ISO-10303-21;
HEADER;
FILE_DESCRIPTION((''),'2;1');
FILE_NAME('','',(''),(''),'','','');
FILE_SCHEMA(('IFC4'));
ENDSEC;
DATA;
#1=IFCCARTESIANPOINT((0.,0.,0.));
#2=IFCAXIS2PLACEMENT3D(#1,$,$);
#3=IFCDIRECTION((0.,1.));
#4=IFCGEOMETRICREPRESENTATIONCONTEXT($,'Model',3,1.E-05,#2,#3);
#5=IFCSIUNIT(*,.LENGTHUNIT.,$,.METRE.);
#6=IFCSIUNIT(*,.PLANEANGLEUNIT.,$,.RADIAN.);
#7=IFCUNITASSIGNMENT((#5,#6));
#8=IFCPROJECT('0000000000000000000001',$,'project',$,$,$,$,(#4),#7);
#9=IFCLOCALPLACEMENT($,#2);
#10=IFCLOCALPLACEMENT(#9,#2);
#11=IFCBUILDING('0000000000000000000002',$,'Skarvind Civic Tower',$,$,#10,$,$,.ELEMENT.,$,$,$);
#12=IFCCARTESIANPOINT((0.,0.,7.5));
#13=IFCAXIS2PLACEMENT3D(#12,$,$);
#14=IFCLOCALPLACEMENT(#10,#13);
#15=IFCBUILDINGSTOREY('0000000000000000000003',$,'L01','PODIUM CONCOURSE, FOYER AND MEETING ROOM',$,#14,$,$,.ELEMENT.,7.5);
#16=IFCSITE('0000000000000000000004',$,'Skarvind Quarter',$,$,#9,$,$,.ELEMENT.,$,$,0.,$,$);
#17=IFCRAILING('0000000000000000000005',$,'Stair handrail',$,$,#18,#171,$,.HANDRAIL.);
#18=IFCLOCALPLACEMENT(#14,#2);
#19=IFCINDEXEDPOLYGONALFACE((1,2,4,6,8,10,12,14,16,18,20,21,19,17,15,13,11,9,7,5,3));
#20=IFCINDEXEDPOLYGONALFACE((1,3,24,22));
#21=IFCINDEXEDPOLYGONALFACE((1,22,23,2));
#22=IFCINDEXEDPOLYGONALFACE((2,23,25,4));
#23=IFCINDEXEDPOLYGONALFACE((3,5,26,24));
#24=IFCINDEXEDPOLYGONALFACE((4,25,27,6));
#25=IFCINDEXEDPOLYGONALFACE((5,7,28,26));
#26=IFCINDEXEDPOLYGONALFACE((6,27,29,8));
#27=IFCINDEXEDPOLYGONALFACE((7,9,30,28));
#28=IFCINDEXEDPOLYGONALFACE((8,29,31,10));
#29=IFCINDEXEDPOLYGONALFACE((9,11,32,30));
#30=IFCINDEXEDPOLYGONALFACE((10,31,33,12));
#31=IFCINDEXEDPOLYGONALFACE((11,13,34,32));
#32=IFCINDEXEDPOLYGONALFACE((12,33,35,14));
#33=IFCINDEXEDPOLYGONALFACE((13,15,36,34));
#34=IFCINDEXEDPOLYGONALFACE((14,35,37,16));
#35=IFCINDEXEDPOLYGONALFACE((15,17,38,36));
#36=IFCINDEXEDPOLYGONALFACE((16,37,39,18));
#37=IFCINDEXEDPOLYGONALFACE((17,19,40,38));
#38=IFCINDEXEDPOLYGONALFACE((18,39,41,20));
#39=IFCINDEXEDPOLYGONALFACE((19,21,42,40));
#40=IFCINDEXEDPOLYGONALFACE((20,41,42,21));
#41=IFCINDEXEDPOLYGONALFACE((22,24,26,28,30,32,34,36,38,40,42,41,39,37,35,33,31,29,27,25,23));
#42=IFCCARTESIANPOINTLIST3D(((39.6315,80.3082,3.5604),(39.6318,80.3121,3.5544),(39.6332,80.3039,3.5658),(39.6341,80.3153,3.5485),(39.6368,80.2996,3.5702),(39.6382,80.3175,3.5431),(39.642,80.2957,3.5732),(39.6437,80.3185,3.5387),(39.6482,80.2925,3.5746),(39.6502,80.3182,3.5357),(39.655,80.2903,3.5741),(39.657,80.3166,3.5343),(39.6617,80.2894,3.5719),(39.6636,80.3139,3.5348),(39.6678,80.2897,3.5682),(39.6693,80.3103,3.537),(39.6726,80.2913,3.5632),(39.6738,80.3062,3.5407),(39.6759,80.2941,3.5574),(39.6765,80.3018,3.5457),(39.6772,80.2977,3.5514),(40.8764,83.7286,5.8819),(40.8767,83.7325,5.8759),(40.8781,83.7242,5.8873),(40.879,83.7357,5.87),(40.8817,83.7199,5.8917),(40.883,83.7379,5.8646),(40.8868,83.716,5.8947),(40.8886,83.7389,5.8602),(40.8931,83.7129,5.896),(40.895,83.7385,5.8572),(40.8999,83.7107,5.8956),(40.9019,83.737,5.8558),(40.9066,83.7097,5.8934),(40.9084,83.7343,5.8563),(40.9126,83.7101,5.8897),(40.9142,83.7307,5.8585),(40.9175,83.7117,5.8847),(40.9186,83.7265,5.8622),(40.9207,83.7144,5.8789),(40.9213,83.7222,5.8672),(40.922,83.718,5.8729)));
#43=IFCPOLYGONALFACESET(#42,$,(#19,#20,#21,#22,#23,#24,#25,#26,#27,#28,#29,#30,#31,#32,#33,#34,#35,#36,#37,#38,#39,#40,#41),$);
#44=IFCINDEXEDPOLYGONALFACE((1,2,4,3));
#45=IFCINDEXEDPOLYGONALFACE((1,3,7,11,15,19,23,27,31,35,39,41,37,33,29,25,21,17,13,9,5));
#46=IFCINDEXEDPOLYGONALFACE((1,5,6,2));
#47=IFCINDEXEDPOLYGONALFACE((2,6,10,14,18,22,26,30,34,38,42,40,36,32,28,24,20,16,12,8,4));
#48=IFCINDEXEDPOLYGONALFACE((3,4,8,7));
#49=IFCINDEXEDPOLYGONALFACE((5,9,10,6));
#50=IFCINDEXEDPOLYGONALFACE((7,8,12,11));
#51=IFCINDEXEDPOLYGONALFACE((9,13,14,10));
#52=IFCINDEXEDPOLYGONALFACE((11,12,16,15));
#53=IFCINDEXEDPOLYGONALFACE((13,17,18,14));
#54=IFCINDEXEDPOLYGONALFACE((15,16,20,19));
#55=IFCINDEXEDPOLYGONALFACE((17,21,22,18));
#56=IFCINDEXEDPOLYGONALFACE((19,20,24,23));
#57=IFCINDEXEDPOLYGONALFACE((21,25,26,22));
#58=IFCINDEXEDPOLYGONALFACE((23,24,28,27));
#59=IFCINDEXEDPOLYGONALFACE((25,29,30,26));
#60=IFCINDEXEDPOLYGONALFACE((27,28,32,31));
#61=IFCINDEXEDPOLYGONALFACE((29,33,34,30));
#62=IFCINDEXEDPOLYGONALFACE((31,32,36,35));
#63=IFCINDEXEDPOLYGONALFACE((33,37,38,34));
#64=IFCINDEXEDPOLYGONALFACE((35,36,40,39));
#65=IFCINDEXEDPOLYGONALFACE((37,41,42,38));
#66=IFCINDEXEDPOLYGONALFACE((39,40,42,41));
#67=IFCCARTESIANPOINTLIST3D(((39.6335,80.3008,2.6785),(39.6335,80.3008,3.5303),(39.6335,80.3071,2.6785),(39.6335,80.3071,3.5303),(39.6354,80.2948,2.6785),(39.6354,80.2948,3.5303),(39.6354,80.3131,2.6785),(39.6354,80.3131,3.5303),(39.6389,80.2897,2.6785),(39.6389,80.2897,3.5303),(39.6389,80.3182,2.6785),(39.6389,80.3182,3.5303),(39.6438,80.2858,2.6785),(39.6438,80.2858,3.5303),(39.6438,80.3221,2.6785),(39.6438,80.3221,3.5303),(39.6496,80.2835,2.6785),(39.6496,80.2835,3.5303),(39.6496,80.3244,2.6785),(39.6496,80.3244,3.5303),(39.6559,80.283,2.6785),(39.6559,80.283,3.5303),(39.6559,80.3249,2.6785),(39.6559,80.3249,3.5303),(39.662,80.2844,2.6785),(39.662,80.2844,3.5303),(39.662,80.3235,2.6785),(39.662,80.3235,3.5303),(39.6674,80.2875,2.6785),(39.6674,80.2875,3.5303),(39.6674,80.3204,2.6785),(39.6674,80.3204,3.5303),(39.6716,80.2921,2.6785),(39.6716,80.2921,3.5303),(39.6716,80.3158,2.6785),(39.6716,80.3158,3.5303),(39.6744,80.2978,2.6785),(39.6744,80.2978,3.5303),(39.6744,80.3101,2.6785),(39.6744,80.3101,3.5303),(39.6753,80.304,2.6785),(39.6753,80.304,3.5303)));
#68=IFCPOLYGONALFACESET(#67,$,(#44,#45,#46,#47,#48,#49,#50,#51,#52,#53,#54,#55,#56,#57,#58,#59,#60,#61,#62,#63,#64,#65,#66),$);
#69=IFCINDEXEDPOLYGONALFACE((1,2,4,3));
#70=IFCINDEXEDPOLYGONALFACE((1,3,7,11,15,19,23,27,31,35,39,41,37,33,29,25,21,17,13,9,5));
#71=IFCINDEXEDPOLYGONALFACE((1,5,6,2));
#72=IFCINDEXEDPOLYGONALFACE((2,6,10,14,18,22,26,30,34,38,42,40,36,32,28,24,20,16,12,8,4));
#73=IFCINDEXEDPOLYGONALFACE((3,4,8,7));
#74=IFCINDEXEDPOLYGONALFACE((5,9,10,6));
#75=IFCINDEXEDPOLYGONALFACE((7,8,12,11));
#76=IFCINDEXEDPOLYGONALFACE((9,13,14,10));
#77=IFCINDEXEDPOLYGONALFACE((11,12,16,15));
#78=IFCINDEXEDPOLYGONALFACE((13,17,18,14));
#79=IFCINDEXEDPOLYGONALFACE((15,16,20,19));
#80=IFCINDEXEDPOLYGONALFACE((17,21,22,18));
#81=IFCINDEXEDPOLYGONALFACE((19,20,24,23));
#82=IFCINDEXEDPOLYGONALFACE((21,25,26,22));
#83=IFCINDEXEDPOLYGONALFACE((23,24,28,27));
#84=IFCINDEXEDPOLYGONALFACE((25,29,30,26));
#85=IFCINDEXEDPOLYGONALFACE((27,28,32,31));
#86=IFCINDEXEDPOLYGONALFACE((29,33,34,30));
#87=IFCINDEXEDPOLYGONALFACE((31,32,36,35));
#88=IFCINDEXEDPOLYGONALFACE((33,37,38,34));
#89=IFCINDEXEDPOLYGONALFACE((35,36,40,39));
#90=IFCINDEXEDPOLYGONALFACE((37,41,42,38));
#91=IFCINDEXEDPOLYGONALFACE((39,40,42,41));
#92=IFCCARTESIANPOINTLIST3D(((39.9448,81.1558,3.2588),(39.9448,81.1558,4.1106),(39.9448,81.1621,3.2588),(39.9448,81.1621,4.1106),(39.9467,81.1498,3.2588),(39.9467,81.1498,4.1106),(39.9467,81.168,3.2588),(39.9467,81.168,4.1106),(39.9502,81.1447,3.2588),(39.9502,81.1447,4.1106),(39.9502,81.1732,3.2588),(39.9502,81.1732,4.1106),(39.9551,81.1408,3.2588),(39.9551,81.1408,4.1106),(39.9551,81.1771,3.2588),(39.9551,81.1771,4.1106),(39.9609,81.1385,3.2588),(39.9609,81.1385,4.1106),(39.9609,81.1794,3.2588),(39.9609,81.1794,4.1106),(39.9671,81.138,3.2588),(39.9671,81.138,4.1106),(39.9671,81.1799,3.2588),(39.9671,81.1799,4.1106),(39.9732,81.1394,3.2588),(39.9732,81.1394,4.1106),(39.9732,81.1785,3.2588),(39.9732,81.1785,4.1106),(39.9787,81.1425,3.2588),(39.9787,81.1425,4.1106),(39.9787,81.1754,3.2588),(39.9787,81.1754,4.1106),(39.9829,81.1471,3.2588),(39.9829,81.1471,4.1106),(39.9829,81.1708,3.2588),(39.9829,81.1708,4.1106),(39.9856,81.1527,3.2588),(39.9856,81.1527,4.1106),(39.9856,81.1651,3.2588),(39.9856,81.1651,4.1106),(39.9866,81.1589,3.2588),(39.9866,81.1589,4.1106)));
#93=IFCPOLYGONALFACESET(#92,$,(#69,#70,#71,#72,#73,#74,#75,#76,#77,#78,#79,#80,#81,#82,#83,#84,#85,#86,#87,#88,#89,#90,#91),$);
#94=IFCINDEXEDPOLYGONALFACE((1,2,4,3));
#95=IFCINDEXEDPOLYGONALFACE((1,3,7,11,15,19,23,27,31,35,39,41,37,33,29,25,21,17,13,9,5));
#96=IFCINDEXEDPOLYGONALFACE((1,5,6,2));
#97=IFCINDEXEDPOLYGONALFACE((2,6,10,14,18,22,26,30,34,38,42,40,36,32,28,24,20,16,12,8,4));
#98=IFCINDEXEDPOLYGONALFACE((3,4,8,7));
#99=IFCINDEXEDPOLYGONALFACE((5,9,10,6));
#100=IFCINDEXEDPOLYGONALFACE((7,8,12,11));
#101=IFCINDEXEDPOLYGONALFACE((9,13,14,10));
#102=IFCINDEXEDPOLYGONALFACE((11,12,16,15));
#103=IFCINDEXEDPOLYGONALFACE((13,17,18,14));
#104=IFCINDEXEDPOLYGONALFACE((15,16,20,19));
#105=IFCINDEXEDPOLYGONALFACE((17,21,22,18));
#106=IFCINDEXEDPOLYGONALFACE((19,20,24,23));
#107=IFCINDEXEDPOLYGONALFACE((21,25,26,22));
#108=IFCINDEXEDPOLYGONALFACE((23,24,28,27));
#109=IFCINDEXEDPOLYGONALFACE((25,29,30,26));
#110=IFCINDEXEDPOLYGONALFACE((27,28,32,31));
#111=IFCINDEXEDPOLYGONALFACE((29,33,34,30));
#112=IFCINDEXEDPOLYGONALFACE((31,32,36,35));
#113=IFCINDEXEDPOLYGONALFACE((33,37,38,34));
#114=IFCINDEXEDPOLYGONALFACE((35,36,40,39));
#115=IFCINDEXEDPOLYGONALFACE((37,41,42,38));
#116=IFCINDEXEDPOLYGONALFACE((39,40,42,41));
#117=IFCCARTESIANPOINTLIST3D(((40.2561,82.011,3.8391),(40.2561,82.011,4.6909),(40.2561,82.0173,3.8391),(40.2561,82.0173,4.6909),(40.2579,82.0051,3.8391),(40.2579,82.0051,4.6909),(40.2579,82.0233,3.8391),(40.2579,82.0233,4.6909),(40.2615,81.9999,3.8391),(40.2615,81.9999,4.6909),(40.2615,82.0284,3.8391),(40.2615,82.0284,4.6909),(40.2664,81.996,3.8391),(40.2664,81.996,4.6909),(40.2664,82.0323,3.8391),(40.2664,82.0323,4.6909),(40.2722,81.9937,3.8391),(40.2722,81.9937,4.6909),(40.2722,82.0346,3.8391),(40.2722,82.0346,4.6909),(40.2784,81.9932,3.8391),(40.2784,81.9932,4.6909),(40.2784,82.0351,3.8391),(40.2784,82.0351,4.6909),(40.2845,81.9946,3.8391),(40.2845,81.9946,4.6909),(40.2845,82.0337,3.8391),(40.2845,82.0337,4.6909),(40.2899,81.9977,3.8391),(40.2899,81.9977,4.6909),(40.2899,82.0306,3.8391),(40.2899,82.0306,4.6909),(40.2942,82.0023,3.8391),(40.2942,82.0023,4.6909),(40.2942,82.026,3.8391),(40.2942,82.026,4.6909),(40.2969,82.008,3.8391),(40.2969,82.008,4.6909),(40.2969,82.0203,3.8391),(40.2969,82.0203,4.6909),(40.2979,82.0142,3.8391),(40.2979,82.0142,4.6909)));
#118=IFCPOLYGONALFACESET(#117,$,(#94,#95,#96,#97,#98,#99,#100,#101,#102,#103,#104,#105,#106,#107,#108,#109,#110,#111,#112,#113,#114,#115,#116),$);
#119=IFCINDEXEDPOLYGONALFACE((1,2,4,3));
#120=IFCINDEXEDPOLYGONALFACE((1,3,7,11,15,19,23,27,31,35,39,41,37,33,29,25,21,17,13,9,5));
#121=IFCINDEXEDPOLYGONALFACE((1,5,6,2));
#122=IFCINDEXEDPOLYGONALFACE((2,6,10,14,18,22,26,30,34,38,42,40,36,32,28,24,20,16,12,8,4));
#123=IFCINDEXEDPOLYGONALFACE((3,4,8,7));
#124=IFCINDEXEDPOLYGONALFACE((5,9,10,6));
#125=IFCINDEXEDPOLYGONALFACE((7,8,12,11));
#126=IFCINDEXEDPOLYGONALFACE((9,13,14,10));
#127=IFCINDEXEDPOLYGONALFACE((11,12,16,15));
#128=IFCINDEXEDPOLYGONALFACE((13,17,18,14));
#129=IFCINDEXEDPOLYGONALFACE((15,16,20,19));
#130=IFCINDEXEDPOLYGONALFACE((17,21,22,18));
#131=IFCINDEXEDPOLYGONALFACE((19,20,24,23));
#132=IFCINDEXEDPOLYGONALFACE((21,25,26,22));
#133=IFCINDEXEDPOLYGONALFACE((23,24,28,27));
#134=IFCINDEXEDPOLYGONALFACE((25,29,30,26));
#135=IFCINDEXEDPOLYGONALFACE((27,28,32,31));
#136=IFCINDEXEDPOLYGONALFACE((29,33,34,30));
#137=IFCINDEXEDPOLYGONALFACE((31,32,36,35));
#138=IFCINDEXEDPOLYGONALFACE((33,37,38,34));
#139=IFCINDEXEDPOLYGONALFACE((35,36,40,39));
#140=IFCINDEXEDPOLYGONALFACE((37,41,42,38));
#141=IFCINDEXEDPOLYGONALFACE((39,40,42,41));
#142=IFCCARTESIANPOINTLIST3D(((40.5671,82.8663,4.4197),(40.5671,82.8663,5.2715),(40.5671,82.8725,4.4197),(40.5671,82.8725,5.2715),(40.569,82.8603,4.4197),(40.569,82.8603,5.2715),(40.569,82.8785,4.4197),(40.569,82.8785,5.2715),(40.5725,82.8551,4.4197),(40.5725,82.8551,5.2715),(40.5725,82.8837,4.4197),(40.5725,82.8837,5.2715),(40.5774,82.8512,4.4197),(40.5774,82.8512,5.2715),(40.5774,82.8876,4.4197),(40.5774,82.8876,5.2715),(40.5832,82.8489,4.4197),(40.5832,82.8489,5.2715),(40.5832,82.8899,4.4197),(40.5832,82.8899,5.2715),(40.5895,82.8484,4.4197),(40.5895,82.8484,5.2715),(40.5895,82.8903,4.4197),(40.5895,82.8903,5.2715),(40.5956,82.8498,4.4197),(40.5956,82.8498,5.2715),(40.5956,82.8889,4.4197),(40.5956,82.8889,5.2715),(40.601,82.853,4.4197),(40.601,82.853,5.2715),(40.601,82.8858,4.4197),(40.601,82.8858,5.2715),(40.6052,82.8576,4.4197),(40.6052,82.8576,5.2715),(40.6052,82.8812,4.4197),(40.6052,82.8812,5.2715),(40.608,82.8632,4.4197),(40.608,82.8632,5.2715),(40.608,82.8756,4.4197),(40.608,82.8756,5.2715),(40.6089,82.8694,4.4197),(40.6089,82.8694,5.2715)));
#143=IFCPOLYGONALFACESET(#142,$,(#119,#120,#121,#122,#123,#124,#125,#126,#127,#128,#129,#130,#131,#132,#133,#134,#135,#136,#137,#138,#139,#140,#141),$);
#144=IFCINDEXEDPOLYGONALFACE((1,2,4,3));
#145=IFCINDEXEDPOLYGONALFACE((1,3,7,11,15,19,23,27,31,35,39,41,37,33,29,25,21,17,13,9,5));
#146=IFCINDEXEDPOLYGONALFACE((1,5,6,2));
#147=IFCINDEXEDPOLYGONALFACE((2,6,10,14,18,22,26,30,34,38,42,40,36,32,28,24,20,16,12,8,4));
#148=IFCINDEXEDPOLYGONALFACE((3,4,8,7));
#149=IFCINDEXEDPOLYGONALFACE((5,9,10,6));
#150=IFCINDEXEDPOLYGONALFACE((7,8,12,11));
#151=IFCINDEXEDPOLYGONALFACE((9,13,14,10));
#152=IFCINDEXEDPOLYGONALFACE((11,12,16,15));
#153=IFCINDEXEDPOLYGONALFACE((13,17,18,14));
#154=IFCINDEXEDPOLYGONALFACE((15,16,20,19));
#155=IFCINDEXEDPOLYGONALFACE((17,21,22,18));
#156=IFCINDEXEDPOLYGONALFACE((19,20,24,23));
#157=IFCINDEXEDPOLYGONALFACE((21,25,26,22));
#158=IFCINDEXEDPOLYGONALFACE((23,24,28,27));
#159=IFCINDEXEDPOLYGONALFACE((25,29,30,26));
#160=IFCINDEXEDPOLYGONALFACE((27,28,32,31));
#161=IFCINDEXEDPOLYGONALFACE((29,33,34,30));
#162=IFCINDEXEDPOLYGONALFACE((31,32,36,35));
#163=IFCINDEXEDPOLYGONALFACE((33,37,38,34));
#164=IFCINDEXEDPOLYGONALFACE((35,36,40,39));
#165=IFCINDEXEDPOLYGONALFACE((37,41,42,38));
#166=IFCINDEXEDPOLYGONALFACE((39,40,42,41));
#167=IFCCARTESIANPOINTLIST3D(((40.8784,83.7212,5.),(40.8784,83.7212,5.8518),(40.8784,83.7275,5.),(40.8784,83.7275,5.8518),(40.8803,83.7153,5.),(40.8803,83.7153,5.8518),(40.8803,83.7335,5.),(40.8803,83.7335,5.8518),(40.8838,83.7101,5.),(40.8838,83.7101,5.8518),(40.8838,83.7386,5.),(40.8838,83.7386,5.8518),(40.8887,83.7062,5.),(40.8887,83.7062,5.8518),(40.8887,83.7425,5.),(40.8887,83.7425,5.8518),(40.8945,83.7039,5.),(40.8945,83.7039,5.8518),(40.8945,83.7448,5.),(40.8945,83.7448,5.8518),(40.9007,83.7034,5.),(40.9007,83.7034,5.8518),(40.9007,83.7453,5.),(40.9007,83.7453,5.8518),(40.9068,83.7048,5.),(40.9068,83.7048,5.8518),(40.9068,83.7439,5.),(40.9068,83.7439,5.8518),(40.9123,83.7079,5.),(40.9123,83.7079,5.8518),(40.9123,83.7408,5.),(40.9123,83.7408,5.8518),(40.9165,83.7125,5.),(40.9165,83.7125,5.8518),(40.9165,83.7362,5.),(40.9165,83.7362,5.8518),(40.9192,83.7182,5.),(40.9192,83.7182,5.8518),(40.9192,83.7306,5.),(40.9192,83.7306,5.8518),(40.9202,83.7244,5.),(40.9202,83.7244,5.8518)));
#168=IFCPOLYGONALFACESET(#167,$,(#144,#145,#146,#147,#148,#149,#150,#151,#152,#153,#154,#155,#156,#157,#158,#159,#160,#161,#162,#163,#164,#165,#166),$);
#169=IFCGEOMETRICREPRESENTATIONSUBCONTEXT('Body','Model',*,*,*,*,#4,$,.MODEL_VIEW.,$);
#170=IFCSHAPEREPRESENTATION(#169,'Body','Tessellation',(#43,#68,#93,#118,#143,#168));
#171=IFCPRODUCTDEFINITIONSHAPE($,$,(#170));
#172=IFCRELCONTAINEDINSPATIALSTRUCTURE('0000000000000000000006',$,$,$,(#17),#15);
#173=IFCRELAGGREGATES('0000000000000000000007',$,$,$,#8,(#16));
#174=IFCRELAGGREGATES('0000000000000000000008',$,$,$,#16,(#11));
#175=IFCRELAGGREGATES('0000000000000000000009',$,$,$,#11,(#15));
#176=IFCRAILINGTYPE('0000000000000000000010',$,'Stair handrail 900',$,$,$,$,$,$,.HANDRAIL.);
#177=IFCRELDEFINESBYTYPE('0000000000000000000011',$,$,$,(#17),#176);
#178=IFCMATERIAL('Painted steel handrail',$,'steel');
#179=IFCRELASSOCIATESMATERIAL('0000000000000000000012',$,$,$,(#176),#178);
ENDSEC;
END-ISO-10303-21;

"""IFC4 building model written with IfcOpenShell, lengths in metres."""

from ifc_helpers import new_model, si_unit, direction, frame, origin, origin_2d, place, context, subcontext, project, spatial, circle, extrude, material, type_object, element, save


model = new_model("IFC4")

# Units and contexts
model_context = context("Model", 3, precision=1e-05, world=origin(), true_north=direction((0.0, 1.0)))
body_context = subcontext(model_context, "Body", "Model", "MODEL_VIEW")
ifc_project = project(units=[si_unit("LENGTHUNIT", "METRE"), si_unit("PLANEANGLEUNIT", "RADIAN")], contexts=[model_context])

# Site, building, storey
site_placement = place(None, origin())
site = spatial("IfcSite", under=ifc_project, at=site_placement, Name="Skarvind Quarter", CompositionType="ELEMENT", RefElevation=0.0)
building_placement = place(site_placement, origin())
building = spatial("IfcBuilding", under=site, at=building_placement, Name="Skarvind Civic Tower", CompositionType="ELEMENT")
storey_placement = place(building_placement, frame((0.0, 0.0, 7.5)))
storey = spatial("IfcBuildingStorey", under=building, at=storey_placement, Name="L01", Description="PODIUM CONCOURSE, FOYER AND MEETING ROOM", CompositionType="ELEMENT", Elevation=7.5)

# Railing
ifc_material_1 = material(Name="Painted steel handrail", Category="steel")
railing_type = type_object("IfcRailingType", Name="Stair handrail 900", PredefinedType="HANDRAIL", material=ifc_material_1)
railing_1_placement = place(storey_placement, frame((39.6543, 80.304, 2.6785)))
element("IfcRailing", 1, at=railing_1_placement, inside=storey, type_object=railing_type, Name="Stair handrail", PredefinedType="HANDRAIL", context=body_context, shape_type="SweptSolid", body=[
    extrude(circle(Radius=0.0239, at=origin_2d()), frame((0.0, 0.0, 0.876), z_axis=(0.28835, 0.792271, 0.537737), x_axis=(-0.939697, 0.342007, 0.0)), (0.0, 0.0, 1.0), 4.3171),
    extrude(circle(Radius=0.021, at=origin_2d()), origin(), (0.0, 0.0, 1.0), 0.8518),
    extrude(circle(Radius=0.021, at=origin_2d()), frame((0.3113, 0.855, 0.5803)), (0.0, 0.0, 1.0), 0.8518),
    extrude(circle(Radius=0.021, at=origin_2d()), frame((0.6226, 1.7102, 1.1606)), (0.0, 0.0, 1.0), 0.8518),
    extrude(circle(Radius=0.021, at=origin_2d()), frame((0.9336, 2.5654, 1.7412)), (0.0, 0.0, 1.0), 0.8518),
    extrude(circle(Radius=0.021, at=origin_2d()), frame((1.2449, 3.4204, 2.3215)), (0.0, 0.0, 1.0), 0.8518),
])

save(model, "model.ifc")
